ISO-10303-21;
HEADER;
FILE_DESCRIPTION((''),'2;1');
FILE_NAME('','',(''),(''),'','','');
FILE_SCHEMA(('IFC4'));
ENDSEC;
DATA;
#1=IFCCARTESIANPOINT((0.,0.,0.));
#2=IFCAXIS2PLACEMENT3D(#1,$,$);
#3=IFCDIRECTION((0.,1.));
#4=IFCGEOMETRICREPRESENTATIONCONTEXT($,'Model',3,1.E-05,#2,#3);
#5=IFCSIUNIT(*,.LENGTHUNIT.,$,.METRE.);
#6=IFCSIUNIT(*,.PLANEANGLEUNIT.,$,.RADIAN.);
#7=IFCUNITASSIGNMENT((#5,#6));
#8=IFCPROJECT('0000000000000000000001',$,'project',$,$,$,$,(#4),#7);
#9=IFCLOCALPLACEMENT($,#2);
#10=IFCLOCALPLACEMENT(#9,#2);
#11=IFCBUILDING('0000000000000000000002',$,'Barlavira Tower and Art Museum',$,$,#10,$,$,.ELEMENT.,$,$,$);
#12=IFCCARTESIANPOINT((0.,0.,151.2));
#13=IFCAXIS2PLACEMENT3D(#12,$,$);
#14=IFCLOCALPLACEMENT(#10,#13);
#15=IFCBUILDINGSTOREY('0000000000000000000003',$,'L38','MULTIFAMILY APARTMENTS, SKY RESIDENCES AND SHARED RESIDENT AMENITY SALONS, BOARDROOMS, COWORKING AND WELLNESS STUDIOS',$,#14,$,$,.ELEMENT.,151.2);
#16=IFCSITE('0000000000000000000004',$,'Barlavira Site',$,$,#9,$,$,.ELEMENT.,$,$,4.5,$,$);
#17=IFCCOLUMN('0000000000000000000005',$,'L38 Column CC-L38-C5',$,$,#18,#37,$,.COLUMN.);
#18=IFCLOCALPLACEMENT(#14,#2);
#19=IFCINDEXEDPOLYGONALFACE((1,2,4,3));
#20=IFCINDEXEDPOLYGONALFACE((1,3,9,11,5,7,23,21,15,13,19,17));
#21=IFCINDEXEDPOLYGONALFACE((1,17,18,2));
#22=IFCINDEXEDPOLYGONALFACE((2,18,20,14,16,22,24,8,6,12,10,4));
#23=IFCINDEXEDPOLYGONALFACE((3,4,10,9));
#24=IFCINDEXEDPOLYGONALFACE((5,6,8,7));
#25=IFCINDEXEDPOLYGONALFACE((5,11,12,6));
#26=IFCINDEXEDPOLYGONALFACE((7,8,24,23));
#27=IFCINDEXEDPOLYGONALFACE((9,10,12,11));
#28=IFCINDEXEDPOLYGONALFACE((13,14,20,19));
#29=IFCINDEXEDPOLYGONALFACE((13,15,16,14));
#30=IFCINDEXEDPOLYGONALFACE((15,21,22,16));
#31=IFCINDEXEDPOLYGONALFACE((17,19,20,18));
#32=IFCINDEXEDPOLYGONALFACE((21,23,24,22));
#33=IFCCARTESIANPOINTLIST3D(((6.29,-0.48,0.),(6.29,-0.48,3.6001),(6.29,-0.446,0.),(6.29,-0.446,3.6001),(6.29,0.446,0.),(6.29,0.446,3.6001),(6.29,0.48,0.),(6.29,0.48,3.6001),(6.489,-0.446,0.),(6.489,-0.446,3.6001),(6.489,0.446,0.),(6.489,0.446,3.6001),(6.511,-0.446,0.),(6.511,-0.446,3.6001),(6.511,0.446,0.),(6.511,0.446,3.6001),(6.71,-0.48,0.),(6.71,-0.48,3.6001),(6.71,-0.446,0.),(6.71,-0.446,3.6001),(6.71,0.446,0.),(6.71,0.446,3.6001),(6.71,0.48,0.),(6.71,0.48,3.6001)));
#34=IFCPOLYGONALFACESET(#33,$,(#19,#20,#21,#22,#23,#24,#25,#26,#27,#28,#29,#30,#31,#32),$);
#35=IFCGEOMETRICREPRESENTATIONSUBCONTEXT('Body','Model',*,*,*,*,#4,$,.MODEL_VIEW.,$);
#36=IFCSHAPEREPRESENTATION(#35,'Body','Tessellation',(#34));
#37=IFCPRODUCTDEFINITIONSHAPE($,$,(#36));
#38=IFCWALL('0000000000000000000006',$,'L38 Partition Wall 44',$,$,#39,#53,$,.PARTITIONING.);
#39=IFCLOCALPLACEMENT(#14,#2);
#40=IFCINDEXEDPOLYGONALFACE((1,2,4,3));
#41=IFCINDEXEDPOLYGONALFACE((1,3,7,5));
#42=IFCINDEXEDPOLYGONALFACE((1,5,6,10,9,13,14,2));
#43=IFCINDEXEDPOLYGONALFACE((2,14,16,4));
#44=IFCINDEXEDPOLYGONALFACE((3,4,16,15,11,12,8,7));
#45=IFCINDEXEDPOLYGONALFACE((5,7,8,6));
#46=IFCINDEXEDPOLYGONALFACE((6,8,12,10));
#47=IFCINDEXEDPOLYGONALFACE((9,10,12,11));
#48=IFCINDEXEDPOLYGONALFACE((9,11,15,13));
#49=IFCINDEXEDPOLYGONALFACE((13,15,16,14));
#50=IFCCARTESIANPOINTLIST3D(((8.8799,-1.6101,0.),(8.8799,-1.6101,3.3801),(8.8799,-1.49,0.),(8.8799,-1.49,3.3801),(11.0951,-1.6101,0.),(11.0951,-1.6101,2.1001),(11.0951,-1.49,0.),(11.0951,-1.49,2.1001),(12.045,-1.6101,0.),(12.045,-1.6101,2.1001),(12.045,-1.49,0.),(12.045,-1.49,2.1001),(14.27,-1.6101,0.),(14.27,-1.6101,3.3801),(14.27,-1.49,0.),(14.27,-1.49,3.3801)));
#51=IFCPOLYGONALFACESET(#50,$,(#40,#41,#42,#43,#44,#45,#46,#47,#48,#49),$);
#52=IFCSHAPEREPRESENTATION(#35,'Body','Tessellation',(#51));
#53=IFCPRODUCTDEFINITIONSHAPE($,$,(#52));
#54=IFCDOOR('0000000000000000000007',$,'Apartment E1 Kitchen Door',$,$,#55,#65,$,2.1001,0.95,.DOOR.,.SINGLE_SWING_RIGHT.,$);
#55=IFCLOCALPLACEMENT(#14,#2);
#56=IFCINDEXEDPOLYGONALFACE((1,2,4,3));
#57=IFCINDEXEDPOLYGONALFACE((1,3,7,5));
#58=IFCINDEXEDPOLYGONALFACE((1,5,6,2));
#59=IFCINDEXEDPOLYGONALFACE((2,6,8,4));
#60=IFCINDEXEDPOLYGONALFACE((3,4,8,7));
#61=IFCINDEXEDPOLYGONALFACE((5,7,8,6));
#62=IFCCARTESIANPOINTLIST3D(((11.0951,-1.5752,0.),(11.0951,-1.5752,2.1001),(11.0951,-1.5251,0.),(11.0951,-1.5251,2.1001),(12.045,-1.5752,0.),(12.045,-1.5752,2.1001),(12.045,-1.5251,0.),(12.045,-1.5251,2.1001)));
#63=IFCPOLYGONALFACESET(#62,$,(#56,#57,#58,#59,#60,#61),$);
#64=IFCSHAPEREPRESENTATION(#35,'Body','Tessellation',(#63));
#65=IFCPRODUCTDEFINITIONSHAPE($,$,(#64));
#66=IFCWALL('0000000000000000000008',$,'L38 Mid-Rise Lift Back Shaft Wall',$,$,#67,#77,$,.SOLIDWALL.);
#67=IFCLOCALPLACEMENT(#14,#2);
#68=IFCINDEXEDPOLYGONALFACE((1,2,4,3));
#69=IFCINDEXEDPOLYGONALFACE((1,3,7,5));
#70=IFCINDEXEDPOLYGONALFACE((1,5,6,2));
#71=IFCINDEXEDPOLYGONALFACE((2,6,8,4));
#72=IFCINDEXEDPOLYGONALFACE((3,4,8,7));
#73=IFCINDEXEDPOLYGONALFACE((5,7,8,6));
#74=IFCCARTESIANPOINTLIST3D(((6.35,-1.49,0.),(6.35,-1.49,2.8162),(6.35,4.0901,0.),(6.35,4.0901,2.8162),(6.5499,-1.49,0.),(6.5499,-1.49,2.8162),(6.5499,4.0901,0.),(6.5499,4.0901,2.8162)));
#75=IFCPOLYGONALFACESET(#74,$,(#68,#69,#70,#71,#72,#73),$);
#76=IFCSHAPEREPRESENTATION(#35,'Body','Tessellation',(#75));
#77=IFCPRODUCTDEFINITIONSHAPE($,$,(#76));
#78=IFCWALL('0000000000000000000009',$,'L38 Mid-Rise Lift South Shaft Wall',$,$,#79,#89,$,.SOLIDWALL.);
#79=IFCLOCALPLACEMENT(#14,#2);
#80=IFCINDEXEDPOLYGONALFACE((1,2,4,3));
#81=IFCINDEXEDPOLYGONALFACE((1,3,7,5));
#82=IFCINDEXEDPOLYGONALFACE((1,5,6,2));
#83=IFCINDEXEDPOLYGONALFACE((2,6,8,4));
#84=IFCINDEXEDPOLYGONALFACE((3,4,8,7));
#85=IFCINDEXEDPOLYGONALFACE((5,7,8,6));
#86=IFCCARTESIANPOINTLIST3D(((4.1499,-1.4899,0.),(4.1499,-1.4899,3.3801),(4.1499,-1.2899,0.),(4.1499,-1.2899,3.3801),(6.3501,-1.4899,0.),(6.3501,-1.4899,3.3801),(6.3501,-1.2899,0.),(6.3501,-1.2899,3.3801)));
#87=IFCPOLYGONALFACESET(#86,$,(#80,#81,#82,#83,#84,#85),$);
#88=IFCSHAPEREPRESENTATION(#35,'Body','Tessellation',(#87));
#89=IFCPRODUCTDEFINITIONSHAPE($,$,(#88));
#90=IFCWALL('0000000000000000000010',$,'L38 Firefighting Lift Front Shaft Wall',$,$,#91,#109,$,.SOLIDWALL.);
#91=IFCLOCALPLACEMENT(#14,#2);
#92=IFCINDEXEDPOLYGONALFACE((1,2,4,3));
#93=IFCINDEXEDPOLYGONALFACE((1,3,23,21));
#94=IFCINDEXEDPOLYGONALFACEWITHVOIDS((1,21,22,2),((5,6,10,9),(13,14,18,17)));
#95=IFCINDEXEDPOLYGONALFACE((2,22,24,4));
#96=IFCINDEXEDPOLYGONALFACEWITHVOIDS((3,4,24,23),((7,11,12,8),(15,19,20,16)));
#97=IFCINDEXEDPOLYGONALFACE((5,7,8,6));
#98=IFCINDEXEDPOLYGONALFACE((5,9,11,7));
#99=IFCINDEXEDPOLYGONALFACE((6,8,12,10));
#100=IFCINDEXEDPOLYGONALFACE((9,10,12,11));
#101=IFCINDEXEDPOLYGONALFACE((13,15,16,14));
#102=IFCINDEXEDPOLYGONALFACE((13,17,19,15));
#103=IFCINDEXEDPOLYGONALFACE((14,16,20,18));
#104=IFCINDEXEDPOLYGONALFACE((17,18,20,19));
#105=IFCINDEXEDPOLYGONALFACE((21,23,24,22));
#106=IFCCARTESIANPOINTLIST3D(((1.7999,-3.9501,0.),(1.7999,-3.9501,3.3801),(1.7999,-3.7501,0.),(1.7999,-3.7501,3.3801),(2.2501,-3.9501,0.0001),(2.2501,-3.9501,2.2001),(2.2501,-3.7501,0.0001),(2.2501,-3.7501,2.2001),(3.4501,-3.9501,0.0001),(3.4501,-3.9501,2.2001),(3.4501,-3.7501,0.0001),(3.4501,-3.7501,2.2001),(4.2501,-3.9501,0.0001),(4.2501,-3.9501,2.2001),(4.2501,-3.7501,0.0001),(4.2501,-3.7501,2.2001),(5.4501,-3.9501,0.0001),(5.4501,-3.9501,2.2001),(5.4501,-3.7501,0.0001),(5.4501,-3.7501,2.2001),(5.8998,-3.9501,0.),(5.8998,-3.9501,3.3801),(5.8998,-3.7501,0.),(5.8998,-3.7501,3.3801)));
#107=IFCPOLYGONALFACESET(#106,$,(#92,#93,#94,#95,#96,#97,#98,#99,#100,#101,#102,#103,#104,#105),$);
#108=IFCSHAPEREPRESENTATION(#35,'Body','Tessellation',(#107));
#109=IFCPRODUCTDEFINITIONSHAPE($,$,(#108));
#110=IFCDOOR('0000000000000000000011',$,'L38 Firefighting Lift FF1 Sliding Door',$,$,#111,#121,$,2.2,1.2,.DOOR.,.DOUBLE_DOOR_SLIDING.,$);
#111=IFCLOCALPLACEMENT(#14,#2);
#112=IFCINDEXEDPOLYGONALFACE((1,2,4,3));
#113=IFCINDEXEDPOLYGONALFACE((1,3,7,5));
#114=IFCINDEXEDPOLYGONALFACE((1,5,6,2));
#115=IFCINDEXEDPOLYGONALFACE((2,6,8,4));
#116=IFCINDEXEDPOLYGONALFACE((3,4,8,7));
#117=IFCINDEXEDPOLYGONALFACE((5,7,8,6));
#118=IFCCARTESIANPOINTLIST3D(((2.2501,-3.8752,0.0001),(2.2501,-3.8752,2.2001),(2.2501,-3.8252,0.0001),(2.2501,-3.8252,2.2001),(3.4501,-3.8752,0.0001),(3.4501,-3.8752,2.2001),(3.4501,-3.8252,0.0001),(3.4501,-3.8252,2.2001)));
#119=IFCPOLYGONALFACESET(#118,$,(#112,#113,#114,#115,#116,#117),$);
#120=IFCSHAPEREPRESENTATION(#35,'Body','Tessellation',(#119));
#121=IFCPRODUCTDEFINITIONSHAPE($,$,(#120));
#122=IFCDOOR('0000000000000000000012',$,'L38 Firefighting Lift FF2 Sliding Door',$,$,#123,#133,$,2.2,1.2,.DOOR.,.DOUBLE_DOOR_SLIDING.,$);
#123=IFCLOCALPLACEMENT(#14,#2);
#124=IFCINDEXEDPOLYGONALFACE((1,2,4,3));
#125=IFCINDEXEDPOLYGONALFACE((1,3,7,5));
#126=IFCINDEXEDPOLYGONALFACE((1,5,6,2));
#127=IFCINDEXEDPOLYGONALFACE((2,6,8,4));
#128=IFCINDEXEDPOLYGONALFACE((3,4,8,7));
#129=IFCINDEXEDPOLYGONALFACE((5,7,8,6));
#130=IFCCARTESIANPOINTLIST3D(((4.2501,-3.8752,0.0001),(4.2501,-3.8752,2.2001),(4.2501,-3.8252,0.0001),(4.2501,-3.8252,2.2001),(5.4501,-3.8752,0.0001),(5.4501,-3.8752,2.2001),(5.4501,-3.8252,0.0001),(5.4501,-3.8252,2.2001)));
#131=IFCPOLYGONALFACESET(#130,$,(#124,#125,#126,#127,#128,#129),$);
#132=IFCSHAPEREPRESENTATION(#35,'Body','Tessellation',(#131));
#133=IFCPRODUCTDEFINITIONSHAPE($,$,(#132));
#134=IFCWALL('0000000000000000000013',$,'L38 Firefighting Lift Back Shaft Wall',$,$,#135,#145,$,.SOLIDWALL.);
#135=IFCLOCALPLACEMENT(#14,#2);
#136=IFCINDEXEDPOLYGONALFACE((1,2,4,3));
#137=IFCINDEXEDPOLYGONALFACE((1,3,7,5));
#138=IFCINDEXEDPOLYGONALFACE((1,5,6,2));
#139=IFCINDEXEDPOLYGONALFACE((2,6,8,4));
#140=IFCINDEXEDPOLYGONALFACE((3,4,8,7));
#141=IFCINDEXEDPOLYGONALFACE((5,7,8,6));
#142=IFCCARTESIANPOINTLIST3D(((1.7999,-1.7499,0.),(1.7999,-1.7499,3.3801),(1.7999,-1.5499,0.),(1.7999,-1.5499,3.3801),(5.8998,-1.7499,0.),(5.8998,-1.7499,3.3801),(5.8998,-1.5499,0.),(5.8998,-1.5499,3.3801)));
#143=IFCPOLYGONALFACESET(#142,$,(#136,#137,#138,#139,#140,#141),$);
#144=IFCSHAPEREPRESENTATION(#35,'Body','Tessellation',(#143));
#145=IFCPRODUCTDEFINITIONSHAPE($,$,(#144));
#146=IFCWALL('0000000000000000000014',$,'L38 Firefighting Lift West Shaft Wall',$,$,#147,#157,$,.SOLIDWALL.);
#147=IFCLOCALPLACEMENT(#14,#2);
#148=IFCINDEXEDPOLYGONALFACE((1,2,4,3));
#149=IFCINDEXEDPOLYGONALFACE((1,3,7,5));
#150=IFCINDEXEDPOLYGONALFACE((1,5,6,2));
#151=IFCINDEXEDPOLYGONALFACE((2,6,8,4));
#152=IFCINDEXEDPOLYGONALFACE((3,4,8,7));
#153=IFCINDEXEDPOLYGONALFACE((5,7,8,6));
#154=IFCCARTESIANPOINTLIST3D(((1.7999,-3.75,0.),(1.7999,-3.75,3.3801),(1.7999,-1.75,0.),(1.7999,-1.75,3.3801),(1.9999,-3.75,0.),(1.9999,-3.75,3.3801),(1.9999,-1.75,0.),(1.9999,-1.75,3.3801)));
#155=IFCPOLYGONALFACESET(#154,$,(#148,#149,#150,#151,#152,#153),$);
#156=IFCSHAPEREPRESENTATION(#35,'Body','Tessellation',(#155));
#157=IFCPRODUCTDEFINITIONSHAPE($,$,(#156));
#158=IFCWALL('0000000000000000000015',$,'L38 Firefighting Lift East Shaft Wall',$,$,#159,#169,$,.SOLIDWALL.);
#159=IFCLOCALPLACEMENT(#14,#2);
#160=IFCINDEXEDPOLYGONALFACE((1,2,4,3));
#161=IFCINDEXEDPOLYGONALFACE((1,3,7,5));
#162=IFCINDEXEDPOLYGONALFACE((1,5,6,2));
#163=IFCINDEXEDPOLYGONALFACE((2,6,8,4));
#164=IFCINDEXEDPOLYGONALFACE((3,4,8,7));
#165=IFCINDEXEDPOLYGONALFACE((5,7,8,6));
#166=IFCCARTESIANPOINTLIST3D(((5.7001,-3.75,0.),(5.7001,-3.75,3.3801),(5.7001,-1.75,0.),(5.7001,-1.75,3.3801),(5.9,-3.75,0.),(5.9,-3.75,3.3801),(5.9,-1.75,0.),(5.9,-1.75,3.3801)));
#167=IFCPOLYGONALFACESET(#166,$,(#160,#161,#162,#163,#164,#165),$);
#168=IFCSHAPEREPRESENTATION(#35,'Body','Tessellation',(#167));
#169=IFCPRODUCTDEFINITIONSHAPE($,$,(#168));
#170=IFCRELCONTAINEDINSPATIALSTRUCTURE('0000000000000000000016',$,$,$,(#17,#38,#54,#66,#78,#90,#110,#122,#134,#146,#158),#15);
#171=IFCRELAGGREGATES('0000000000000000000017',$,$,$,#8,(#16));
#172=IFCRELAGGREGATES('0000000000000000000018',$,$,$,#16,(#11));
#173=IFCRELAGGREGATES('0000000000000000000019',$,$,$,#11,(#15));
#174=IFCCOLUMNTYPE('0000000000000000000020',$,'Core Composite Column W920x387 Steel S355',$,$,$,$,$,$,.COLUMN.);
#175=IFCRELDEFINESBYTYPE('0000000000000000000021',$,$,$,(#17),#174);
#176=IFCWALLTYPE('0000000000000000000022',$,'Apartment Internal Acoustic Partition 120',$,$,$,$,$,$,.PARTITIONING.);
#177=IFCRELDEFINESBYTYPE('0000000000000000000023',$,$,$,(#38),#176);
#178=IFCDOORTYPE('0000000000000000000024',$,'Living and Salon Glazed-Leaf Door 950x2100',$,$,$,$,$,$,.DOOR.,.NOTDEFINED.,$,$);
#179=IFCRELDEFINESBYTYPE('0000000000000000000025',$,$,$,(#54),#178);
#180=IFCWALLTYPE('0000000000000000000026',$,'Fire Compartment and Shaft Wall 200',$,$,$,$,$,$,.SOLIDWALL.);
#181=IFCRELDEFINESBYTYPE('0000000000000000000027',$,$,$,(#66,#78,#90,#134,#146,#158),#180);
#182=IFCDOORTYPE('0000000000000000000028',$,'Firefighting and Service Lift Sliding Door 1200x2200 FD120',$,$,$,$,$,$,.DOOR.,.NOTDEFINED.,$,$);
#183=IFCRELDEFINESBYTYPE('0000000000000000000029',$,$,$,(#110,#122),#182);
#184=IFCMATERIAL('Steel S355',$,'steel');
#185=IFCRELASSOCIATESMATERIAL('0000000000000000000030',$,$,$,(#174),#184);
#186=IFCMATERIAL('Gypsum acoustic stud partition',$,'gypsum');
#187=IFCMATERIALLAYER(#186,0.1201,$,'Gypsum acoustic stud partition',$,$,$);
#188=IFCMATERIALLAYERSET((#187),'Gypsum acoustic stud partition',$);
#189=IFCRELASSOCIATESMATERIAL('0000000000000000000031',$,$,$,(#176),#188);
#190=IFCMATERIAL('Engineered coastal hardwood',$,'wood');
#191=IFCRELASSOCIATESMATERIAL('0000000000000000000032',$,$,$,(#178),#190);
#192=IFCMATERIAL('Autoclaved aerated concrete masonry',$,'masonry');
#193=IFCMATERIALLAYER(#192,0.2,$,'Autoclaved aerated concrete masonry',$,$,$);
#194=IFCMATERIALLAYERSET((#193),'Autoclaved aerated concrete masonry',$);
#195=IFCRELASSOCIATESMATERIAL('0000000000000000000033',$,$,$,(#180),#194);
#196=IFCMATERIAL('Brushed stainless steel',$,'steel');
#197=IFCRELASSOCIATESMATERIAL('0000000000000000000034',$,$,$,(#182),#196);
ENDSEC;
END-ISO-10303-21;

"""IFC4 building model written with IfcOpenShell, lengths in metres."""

from ifc_helpers import new_model, si_unit, direction, frame, frame_2d, origin, origin_2d, place, context, subcontext, project, spatial, rectangle, i_section, extrude, material, layer, layer_set, material_profile, profile_set, type_object, element, fill, save


model = new_model("IFC4")

# Units and contexts
model_context = context("Model", 3, precision=1e-05, world=origin(), true_north=direction((0.0, 1.0)))
body_context = subcontext(model_context, "Body", "Model", "MODEL_VIEW")
ifc_project = project(units=[si_unit("LENGTHUNIT", "METRE"), si_unit("PLANEANGLEUNIT", "RADIAN")], contexts=[model_context])

# Site, building, storey
site_placement = place(None, origin())
site = spatial("IfcSite", under=ifc_project, at=site_placement, Name="Barlavira Site", CompositionType="ELEMENT", RefElevation=4.5)
building_placement = place(site_placement, origin())
building = spatial("IfcBuilding", under=site, at=building_placement, Name="Barlavira Tower and Art Museum", CompositionType="ELEMENT")
storey_placement = place(building_placement, frame((0.0, 0.0, 151.2)))
storey = spatial("IfcBuildingStorey", under=building, at=storey_placement, Name="L38", Description="MULTIFAMILY APARTMENTS, SKY RESIDENCES AND SHARED RESIDENT AMENITY SALONS, BOARDROOMS, COWORKING AND WELLNESS STUDIOS", CompositionType="ELEMENT", Elevation=151.2)

# Column
ifc_material_1 = material(Name="Steel S355", Category="steel")
ifc_material_profile = material_profile(ifc_material_1, i_section(OverallWidth=0.4199, OverallDepth=0.96, WebThickness=0.022, FlangeThickness=0.0339, at=origin_2d()), Name="W920x387.0")
ifc_profile_set = profile_set([ifc_material_profile], Name="Steel S355")
column_type = type_object("IfcColumnType", Name="Core Composite Column W920x387 Steel S355", PredefinedType="COLUMN", material=ifc_profile_set)
column_placement = place(storey_placement, frame((6.5, 0.0, 0.0), z_axis=(0.0, 0.0, 1.0), x_axis=(1.0, 0.0, 0.0)))
element("IfcColumn", 1, at=column_placement, inside=storey, type_object=column_type, Name="L38 Column CC-L38-C5", PredefinedType="COLUMN", context=body_context, shape_type="SweptSolid", body=[
    extrude(i_section(OverallWidth=0.4199, OverallDepth=0.96, WebThickness=0.022, FlangeThickness=0.0339, at=origin_2d()), origin(), (0.0, 0.0, 1.0), 3.6001),
])

# Wall, opening, door
ifc_material_2 = material(Name="Gypsum acoustic stud partition", Category="gypsum")
ifc_layer_1 = layer(ifc_material_2, 0.1201, Name="Gypsum acoustic stud partition")
ifc_layer_set_1 = layer_set([ifc_layer_1], Name="Gypsum acoustic stud partition")
wall_type_1 = type_object("IfcWallType", Name="Apartment Internal Acoustic Partition 120", PredefinedType="PARTITIONING", material=ifc_layer_set_1)
wall_1_placement = place(storey_placement, frame((8.8799, -1.55, 0.0), z_axis=(0.0, 0.0, 1.0), x_axis=(1.0, 0.0, 0.0)))
wall_1 = element("IfcWall", 2, at=wall_1_placement, inside=storey, type_object=wall_type_1, Name="L38 Partition Wall 44", PredefinedType="PARTITIONING", context=body_context, shape_type="SweptSolid", body=[
    extrude(rectangle(XDim=5.3901, YDim=0.1201, at=frame_2d((2.6951, 0.0))), origin(), (0.0, 0.0, 1.0), 3.3801),
])
opening_1_placement = place(wall_1_placement, frame((2.2151, 0.0, 0.0)))
opening_1 = element("IfcOpeningElement", 3, at=opening_1_placement, cuts=wall_1, PredefinedType="OPENING", context=body_context, shape_type="SweptSolid", body=[
    extrude(rectangle(XDim=0.95, YDim=2.1001, at=frame_2d((0.4751, 1.05))), frame((0.0, 0.0701, 0.0), z_axis=(0.0, -1.0, 0.0), x_axis=(1.0, 0.0, 0.0)), (0.0, 0.0, 1.0), 0.1401),
])
ifc_material_3 = material(Name="Engineered coastal hardwood", Category="wood")
door_type_1 = type_object("IfcDoorType", Name="Living and Salon Glazed-Leaf Door 950x2100", OperationType="NOTDEFINED", PredefinedType="DOOR", material=ifc_material_3)
door_1_placement = place(opening_1_placement, origin())
door_1 = element("IfcDoor", 4, at=door_1_placement, inside=storey, type_object=door_type_1, Name="Apartment E1 Kitchen Door", OperationType="SINGLE_SWING_RIGHT", OverallHeight=2.1001, OverallWidth=0.95, PredefinedType="DOOR", context=body_context, shape_type="SweptSolid", body=[
    extrude(rectangle(XDim=0.95, YDim=2.1001, at=frame_2d((0.4751, 1.05))), frame((0.0, 0.0249, 0.0), z_axis=(0.0, -1.0, 0.0), x_axis=(1.0, 0.0, 0.0)), (0.0, 0.0, 1.0), 0.05),
])
fill(opening_1, door_1)

# Shared definitions
ifc_material_4 = material(Name="Autoclaved aerated concrete masonry", Category="masonry")
ifc_layer_2 = layer(ifc_material_4, 0.2, Name="Autoclaved aerated concrete masonry")
ifc_layer_set_2 = layer_set([ifc_layer_2], Name="Autoclaved aerated concrete masonry")
wall_type_2 = type_object("IfcWallType", Name="Fire Compartment and Shaft Wall 200", PredefinedType="SOLIDWALL", material=ifc_layer_set_2)
ifc_material_5 = material(Name="Brushed stainless steel", Category="steel")

# Walls
wall_2_placement = place(storey_placement, frame((6.45, -1.49, 0.0), z_axis=(0.0, 0.0, 1.0), x_axis=(0.0, 1.0, 0.0)))
element("IfcWall", 5, at=wall_2_placement, inside=storey, type_object=wall_type_2, Name="L38 Mid-Rise Lift Back Shaft Wall", PredefinedType="SOLIDWALL", context=body_context, shape_type="SweptSolid", body=[
    extrude(rectangle(XDim=5.5801, YDim=0.2, at=frame_2d((2.79, 0.0))), origin(), (0.0, 0.0, 1.0), 2.8162),
])
wall_3_placement = place(storey_placement, frame((4.1499, -1.3899, 0.0), z_axis=(0.0, 0.0, 1.0), x_axis=(1.0, 0.0, 0.0)))
element("IfcWall", 6, at=wall_3_placement, inside=storey, type_object=wall_type_2, Name="L38 Mid-Rise Lift South Shaft Wall", PredefinedType="SOLIDWALL", context=body_context, shape_type="SweptSolid", body=[
    extrude(rectangle(XDim=2.2002, YDim=0.2, at=frame_2d((1.1001, 0.0))), origin(), (0.0, 0.0, 1.0), 3.3801),
])

# Wall, openings, doors
wall_4_placement = place(storey_placement, frame((1.8, -3.8501, 0.0), z_axis=(0.0, 0.0, 1.0), x_axis=(1.0, 0.0, 0.0)))
wall_4 = element("IfcWall", 7, at=wall_4_placement, inside=storey, type_object=wall_type_2, Name="L38 Firefighting Lift Front Shaft Wall", PredefinedType="SOLIDWALL", context=body_context, shape_type="SweptSolid", body=[
    extrude(rectangle(XDim=4.0999, YDim=0.2, at=frame_2d((2.0498, 0.0))), origin(), (0.0, 0.0, 1.0), 3.3801),
])
opening_2_placement = place(wall_4_placement, frame((0.45, 0.0, 0.0)))
opening_2 = element("IfcOpeningElement", 8, at=opening_2_placement, cuts=wall_4, PredefinedType="OPENING", context=body_context, shape_type="SweptSolid", body=[
    extrude(rectangle(XDim=1.2, YDim=2.2, at=frame_2d((0.6001, 1.1001))), frame((0.0, 0.1099, 0.0), z_axis=(0.0, -1.0, 0.0), x_axis=(1.0, 0.0, 0.0)), (0.0, 0.0, 1.0), 0.22),
])
opening_3_placement = place(wall_4_placement, frame((2.45, 0.0, 0.0)))
opening_3 = element("IfcOpeningElement", 9, at=opening_3_placement, cuts=wall_4, PredefinedType="OPENING", context=body_context, shape_type="SweptSolid", body=[
    extrude(rectangle(XDim=1.2, YDim=2.2, at=frame_2d((0.6001, 1.1001))), frame((0.0, 0.1099, 0.0), z_axis=(0.0, -1.0, 0.0), x_axis=(1.0, 0.0, 0.0)), (0.0, 0.0, 1.0), 0.22),
])
door_type_2 = type_object("IfcDoorType", Name="Firefighting and Service Lift Sliding Door 1200x2200 FD120", OperationType="NOTDEFINED", PredefinedType="DOOR", material=ifc_material_5)
door_2_placement = place(opening_2_placement, origin())
door_2 = element("IfcDoor", 10, at=door_2_placement, inside=storey, type_object=door_type_2, Name="L38 Firefighting Lift FF1 Sliding Door", OperationType="DOUBLE_DOOR_SLIDING", OverallHeight=2.2, OverallWidth=1.2, PredefinedType="DOOR", context=body_context, shape_type="SweptSolid", body=[
    extrude(rectangle(XDim=1.2, YDim=2.2, at=frame_2d((0.6001, 1.1001))), frame((0.0, 0.0249, 0.0), z_axis=(0.0, -1.0, 0.0), x_axis=(1.0, 0.0, 0.0)), (0.0, 0.0, 1.0), 0.05),
])
fill(opening_2, door_2)
door_3_placement = place(opening_3_placement, origin())
door_3 = element("IfcDoor", 11, at=door_3_placement, inside=storey, type_object=door_type_2, Name="L38 Firefighting Lift FF2 Sliding Door", OperationType="DOUBLE_DOOR_SLIDING", OverallHeight=2.2, OverallWidth=1.2, PredefinedType="DOOR", context=body_context, shape_type="SweptSolid", body=[
    extrude(rectangle(XDim=1.2, YDim=2.2, at=frame_2d((0.6001, 1.1001))), frame((0.0, 0.0249, 0.0), z_axis=(0.0, -1.0, 0.0), x_axis=(1.0, 0.0, 0.0)), (0.0, 0.0, 1.0), 0.05),
])
fill(opening_3, door_3)

# Walls
wall_5_placement = place(storey_placement, frame((1.8, -1.6499, 0.0), z_axis=(0.0, 0.0, 1.0), x_axis=(1.0, 0.0, 0.0)))
element("IfcWall", 12, at=wall_5_placement, inside=storey, type_object=wall_type_2, Name="L38 Firefighting Lift Back Shaft Wall", PredefinedType="SOLIDWALL", context=body_context, shape_type="SweptSolid", body=[
    extrude(rectangle(XDim=4.0999, YDim=0.2, at=frame_2d((2.0498, 0.0))), origin(), (0.0, 0.0, 1.0), 3.3801),
])
for number, where, z_axis, x_axis, name in (
    (13, (1.8999, -3.75, 0.0), (0.0, 0.0, 1.0), (0.0, 1.0, 0.0), "L38 Firefighting Lift West Shaft Wall"),
    (14, (5.8, -3.75, 0.0), (0.0, 0.0, 1.0), (0.0, 1.0, 0.0), "L38 Firefighting Lift East Shaft Wall"),
):
    element("IfcWall", number, at=place(storey_placement, frame(where, z_axis=z_axis, x_axis=x_axis)), inside=storey, type_object=wall_type_2, Name=name, PredefinedType="SOLIDWALL", context=body_context, shape_type="SweptSolid", body=[
        extrude(rectangle(XDim=2.0, YDim=0.2, at=frame_2d((1.0, 0.0))), origin(), (0.0, 0.0, 1.0), 3.3801),
    ])

save(model, "model.ifc")
